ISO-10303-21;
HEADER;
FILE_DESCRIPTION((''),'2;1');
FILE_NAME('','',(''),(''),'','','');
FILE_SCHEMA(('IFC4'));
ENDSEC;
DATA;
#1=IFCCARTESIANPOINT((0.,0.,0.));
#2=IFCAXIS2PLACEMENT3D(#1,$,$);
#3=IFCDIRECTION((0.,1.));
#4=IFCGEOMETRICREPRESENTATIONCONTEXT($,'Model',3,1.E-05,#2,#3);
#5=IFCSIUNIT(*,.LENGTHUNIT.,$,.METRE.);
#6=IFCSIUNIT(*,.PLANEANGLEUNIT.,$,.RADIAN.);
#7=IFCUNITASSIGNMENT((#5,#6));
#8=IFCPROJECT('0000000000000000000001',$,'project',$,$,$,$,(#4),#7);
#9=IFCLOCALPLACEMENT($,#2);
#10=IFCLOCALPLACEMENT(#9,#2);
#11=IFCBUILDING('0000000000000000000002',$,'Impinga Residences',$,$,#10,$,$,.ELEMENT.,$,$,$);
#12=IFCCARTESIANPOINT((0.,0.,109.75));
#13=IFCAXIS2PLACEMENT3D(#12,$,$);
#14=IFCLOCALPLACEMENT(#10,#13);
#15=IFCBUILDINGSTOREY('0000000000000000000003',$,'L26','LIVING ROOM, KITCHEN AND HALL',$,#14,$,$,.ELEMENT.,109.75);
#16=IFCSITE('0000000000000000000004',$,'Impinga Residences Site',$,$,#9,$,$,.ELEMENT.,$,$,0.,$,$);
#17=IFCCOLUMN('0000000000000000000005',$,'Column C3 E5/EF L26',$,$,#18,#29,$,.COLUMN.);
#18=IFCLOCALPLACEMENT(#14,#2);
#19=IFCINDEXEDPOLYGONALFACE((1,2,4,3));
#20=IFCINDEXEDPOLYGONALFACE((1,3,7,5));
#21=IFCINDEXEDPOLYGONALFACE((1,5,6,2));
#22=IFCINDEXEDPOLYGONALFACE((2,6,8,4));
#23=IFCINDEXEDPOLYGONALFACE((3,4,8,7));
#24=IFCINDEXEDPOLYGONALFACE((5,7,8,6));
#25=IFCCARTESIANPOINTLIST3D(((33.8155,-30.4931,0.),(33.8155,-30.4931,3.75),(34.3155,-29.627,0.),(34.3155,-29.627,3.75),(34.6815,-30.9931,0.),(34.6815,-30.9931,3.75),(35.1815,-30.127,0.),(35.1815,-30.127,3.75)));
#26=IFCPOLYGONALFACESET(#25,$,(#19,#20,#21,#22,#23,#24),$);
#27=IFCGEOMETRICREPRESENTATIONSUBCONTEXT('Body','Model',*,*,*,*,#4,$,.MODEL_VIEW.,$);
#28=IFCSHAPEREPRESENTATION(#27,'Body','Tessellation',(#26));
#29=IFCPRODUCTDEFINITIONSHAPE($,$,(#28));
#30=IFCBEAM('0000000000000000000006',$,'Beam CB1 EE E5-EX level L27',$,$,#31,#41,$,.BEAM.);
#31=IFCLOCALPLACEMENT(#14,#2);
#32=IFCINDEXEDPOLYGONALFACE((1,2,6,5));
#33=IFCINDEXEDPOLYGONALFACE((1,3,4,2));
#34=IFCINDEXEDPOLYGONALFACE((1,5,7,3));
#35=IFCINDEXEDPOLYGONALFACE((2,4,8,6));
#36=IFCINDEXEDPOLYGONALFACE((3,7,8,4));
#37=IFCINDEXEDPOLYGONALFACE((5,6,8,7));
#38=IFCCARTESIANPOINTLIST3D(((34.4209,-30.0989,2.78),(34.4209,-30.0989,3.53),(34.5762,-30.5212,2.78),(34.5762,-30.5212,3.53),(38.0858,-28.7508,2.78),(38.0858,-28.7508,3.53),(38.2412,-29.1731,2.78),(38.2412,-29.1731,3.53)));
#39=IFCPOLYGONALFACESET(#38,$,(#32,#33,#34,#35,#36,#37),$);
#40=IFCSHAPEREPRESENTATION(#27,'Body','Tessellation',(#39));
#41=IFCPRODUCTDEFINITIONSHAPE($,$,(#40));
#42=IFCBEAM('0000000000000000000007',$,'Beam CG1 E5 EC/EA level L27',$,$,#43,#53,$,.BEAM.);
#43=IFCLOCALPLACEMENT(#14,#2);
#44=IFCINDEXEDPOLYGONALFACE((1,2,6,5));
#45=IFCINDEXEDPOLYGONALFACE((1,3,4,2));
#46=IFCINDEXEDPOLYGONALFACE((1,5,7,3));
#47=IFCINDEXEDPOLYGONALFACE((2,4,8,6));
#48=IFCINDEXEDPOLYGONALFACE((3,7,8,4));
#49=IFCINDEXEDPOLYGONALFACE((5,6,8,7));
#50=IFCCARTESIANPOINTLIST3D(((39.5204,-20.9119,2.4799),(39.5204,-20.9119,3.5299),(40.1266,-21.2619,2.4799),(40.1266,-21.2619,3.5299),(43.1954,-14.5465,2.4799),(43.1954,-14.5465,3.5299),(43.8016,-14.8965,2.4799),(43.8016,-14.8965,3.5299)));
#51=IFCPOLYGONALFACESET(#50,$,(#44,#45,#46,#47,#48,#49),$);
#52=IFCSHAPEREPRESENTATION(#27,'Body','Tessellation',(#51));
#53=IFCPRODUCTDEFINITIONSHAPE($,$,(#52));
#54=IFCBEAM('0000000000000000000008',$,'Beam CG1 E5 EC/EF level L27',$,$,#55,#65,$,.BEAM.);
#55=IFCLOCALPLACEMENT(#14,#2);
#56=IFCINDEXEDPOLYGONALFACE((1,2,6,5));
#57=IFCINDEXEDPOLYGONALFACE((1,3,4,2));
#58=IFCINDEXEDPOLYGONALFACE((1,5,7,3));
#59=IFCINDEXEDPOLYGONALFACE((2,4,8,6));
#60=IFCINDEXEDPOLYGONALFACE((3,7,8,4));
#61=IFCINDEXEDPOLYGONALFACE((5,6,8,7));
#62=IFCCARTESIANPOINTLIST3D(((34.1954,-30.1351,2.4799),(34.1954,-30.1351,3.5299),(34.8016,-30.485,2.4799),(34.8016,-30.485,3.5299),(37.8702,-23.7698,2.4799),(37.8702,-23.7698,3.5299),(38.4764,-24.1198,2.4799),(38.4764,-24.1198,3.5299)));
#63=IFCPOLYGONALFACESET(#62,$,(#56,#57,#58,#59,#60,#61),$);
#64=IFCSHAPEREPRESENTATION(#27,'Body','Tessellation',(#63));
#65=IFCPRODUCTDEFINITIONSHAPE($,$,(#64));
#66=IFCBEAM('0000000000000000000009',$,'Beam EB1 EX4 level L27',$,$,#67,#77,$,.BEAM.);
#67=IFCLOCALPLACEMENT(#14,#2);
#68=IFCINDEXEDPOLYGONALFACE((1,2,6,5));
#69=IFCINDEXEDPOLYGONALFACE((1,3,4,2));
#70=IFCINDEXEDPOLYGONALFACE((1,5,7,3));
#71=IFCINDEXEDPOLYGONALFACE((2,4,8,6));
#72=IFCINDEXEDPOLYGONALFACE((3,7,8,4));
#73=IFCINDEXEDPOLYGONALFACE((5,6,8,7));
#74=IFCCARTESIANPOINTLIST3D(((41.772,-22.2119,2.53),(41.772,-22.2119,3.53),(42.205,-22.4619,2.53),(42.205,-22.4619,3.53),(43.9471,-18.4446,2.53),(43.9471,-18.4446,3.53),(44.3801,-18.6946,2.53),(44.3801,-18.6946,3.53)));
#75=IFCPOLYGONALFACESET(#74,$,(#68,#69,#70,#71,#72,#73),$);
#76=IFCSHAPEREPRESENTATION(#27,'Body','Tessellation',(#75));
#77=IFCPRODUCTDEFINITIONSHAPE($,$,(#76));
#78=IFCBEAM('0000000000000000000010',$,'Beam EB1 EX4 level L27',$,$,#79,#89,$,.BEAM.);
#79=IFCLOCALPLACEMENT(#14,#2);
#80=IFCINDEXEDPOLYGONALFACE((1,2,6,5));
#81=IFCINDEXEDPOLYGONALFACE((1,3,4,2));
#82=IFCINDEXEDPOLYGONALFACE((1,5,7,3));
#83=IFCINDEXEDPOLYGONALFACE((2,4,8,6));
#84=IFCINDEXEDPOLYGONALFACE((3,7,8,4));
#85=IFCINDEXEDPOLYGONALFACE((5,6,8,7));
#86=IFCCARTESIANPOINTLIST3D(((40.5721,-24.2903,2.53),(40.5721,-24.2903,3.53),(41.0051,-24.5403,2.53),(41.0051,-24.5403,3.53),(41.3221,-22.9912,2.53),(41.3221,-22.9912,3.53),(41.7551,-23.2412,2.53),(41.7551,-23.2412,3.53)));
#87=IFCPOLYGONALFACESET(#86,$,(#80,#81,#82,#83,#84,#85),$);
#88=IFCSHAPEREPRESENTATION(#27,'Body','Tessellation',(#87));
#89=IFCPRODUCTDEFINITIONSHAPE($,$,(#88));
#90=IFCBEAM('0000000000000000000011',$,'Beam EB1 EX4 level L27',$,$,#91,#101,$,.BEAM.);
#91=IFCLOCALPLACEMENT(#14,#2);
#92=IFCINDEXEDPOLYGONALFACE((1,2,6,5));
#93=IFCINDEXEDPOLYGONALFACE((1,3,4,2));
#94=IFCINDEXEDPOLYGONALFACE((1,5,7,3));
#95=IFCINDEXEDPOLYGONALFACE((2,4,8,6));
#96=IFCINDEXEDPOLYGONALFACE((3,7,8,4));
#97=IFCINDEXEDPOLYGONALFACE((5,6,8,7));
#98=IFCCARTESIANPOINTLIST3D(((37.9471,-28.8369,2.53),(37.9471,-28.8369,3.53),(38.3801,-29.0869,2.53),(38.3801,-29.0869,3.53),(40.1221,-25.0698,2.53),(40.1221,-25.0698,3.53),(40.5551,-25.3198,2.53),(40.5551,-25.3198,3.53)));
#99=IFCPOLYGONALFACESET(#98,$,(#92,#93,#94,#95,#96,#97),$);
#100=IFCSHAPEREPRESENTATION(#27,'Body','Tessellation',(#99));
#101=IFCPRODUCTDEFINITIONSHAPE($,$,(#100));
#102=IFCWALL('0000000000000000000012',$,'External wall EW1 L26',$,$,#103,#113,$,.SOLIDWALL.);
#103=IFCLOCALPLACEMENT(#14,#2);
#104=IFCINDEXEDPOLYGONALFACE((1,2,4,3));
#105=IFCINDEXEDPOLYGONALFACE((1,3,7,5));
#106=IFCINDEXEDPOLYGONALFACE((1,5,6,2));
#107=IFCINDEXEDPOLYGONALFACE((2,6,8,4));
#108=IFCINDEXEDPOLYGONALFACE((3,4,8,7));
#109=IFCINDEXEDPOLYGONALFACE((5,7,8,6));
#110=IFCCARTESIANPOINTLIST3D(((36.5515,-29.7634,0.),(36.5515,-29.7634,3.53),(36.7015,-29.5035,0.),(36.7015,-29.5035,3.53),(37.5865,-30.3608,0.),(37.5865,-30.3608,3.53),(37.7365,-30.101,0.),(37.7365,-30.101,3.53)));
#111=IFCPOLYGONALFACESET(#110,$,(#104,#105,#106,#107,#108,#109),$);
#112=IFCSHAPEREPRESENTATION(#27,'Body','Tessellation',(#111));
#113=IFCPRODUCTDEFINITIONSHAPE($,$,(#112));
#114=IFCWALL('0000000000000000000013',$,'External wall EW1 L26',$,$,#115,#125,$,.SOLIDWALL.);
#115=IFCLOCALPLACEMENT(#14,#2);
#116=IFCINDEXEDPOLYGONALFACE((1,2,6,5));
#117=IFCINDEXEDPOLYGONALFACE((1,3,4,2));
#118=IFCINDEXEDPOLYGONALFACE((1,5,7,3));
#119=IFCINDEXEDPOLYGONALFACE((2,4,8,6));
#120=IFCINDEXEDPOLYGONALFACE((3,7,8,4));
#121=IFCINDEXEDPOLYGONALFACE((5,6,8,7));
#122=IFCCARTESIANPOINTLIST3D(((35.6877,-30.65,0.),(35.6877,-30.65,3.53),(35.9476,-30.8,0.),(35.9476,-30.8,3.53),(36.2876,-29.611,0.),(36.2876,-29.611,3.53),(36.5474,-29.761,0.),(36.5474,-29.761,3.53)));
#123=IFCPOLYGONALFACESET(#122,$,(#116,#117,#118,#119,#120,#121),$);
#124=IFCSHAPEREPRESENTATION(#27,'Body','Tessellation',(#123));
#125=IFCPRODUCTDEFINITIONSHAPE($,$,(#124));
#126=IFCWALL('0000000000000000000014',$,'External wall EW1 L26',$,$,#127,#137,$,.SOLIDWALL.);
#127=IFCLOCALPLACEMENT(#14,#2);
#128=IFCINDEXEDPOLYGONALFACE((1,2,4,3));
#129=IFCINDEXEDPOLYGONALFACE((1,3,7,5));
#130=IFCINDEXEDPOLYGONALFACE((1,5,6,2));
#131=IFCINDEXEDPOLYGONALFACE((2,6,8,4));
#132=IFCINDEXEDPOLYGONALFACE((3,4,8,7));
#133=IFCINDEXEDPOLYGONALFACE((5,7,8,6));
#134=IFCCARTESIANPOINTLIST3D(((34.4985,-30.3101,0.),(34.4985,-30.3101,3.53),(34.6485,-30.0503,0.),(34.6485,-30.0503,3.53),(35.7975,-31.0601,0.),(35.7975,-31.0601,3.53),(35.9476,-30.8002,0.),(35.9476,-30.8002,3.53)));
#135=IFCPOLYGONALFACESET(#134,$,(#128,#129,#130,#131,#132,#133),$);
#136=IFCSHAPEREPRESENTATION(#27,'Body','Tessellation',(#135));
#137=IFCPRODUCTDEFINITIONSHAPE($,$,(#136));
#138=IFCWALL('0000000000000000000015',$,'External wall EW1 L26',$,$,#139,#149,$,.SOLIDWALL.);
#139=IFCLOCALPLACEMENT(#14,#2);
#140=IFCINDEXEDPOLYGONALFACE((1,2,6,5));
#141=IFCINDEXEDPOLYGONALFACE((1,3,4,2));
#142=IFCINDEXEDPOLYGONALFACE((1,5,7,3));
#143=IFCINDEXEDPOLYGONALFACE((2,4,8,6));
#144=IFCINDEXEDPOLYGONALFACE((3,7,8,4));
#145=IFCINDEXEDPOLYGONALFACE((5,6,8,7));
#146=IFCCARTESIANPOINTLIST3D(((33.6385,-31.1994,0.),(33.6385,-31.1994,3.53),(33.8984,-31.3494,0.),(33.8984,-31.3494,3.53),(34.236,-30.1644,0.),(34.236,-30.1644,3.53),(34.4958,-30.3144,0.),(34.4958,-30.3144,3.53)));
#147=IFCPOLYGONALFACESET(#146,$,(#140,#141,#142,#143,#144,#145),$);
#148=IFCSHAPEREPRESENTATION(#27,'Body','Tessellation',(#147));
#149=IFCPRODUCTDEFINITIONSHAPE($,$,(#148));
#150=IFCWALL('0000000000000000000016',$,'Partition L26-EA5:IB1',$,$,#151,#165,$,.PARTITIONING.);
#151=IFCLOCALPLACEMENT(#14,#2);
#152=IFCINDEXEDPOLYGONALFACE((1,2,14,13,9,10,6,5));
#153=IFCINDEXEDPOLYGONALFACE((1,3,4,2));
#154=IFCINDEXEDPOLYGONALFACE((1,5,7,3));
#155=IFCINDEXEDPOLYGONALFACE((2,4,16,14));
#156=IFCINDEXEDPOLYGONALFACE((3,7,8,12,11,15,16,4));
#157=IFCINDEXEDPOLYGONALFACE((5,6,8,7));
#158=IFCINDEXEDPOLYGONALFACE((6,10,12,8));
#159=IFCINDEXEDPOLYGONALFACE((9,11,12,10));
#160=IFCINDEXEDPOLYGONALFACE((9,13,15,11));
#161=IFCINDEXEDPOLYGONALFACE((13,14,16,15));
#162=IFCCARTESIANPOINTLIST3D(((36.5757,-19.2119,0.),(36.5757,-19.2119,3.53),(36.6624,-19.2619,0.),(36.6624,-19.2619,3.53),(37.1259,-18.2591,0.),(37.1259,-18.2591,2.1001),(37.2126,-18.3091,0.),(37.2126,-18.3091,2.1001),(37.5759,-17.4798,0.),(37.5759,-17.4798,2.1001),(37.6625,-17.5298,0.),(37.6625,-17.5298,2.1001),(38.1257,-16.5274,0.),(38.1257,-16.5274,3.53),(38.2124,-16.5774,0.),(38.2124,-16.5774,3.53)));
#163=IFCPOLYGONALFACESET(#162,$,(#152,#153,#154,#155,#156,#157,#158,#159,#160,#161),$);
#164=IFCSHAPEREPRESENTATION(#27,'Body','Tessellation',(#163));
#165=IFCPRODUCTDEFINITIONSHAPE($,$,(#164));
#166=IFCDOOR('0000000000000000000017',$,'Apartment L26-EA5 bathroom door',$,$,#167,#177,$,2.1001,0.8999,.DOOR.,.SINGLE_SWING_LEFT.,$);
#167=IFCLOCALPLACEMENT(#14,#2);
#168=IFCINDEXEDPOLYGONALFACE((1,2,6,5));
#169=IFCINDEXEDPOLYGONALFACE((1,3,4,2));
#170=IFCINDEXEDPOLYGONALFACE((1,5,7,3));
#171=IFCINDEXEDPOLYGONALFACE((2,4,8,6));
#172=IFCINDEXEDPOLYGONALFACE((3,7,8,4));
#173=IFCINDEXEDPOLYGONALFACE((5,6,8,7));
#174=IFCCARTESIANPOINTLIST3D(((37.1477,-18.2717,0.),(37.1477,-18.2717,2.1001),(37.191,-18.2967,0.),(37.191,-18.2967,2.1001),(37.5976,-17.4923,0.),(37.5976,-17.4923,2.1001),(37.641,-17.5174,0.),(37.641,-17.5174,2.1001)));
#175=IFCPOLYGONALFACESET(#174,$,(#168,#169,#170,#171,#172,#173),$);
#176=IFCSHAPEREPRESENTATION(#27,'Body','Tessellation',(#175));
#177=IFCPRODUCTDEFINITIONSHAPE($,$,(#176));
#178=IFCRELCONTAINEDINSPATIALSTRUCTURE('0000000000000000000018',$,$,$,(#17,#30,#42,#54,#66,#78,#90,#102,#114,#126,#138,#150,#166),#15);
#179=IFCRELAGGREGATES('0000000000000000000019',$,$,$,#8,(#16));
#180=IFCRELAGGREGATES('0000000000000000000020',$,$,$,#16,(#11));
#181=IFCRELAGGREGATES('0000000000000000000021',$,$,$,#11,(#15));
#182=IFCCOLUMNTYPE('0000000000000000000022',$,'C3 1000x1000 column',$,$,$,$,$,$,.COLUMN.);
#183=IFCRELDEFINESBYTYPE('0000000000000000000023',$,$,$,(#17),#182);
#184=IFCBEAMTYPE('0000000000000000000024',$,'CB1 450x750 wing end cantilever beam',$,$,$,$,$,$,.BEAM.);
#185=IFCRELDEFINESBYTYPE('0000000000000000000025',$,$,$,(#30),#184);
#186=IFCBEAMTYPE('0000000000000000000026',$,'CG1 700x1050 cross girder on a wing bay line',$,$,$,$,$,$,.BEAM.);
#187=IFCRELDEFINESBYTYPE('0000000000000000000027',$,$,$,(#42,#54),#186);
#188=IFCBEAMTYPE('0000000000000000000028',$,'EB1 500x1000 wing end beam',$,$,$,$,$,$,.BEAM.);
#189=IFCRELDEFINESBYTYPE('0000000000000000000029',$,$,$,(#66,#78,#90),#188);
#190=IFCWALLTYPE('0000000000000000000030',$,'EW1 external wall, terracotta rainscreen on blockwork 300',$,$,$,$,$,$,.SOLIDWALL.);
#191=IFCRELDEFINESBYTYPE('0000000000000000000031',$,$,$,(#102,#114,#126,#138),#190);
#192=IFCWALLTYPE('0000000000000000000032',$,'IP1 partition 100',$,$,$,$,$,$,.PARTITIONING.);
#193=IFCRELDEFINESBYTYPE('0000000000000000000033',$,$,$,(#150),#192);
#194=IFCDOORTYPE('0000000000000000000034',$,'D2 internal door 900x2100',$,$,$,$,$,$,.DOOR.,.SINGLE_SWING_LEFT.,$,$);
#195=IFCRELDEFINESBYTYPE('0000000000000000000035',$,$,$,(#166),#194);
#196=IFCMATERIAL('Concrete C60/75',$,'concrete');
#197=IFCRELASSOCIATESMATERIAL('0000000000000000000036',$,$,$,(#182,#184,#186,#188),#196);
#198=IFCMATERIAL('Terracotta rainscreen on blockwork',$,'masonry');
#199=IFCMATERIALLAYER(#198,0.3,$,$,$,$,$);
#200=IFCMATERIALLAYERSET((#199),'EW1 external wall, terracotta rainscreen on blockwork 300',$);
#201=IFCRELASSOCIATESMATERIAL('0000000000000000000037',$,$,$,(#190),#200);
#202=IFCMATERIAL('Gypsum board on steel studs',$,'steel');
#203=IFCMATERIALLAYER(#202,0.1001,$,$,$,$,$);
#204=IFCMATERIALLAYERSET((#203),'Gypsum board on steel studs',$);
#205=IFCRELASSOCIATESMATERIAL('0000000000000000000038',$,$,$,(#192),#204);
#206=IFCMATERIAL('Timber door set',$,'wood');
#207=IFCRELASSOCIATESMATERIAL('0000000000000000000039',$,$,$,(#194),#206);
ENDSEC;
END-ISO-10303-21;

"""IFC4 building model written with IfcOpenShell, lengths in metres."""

from ifc_helpers import new_model, si_unit, direction, frame, frame_2d, origin, origin_2d, place, context, subcontext, project, spatial, rectangle, extrude, material, layer, layer_set, material_profile, profile_set, type_object, element, fill, save


model = new_model("IFC4")

# Units and contexts
model_context = context("Model", 3, precision=1e-05, world=origin(), true_north=direction((0.0, 1.0)))
body_context = subcontext(model_context, "Body", "Model", "MODEL_VIEW")
ifc_project = project(units=[si_unit("LENGTHUNIT", "METRE"), si_unit("PLANEANGLEUNIT", "RADIAN")], contexts=[model_context])

# Site, building, storey
site_placement = place(None, origin())
site = spatial("IfcSite", under=ifc_project, at=site_placement, Name="Impinga Residences Site", CompositionType="ELEMENT", RefElevation=0.0)
building_placement = place(site_placement, origin())
building = spatial("IfcBuilding", under=site, at=building_placement, Name="Impinga Residences", CompositionType="ELEMENT")
storey_placement = place(building_placement, frame((0.0, 0.0, 109.75)))
storey = spatial("IfcBuildingStorey", under=building, at=storey_placement, Name="L26", Description="LIVING ROOM, KITCHEN AND HALL", CompositionType="ELEMENT", Elevation=109.75)

# Column
ifc_material_1 = material(Name="Concrete C60/75", Category="concrete")
ifc_material_profile_1 = material_profile(ifc_material_1, rectangle(XDim=1.0, YDim=1.0, at=origin_2d()), Name="RC 1000x1000")
ifc_profile_set_1 = profile_set([ifc_material_profile_1], Name="Concrete C60/75")
column_type = type_object("IfcColumnType", Name="C3 1000x1000 column", PredefinedType="COLUMN", material=ifc_profile_set_1)
column_placement = place(storey_placement, frame((34.4985, -30.3101, 0.0), z_axis=(0.0, 0.0, 1.0), x_axis=(-0.5, -0.866025, 0.0)))
element("IfcColumn", 1, at=column_placement, inside=storey, type_object=column_type, Name="Column C3 E5/EF L26", PredefinedType="COLUMN", context=body_context, shape_type="SweptSolid", body=[
    extrude(rectangle(XDim=1.0, YDim=1.0, at=origin_2d()), origin(), (0.0, 0.0, 1.0), 3.75),
])

# Beams
ifc_material_profile_2 = material_profile(ifc_material_1, rectangle(XDim=0.45, YDim=0.75, at=origin_2d()), Name="RC 450x750")
ifc_profile_set_2 = profile_set([ifc_material_profile_2], Name="Concrete C60/75")
beam_type_1 = type_object("IfcBeamType", Name="CB1 450x750 wing end cantilever beam", PredefinedType="BEAM", material=ifc_profile_set_2)
beam_1_placement = place(storey_placement, frame((34.4985, -30.3101, 3.155), z_axis=(0.93852, 0.345224, 0.0), x_axis=(-0.345224, 0.93852, 0.0)))
element("IfcBeam", 2, at=beam_1_placement, inside=storey, type_object=beam_type_1, Name="Beam CB1 EE E5-EX level L27", PredefinedType="BEAM", context=body_context, shape_type="SweptSolid", body=[
    extrude(rectangle(XDim=0.45, YDim=0.75, at=origin_2d()), origin(), (0.0, 0.0, 1.0), 3.905),
])
ifc_material_profile_3 = material_profile(ifc_material_1, rectangle(XDim=0.7, YDim=1.05, at=origin_2d()), Name="RC 700x1050")
ifc_profile_set_3 = profile_set([ifc_material_profile_3], Name="Concrete C60/75")
beam_type_2 = type_object("IfcBeamType", Name="CG1 700x1050 cross girder on a wing bay line", PredefinedType="BEAM", material=ifc_profile_set_3)
beam_2_placement = place(storey_placement, frame((39.8235, -21.0869, 3.0049), z_axis=(0.499994, 0.866029, 0.0), x_axis=(-0.866029, 0.499994, 0.0)))
element("IfcBeam", 3, at=beam_2_placement, inside=storey, type_object=beam_type_2, Name="Beam CG1 E5 EC/EA level L27", PredefinedType="BEAM", context=body_context, shape_type="SweptSolid", body=[
    extrude(rectangle(XDim=0.7, YDim=1.05, at=origin_2d()), origin(), (0.0, 0.0, 1.0), 7.3501),
])
beam_3_placement = place(storey_placement, frame((38.1733, -23.9448, 3.0049), z_axis=(-0.499983, -0.866035, 0.0), x_axis=(0.866035, -0.499983, 0.0)))
element("IfcBeam", 4, at=beam_3_placement, inside=storey, type_object=beam_type_2, Name="Beam CG1 E5 EC/EF level L27", PredefinedType="BEAM", context=body_context, shape_type="SweptSolid", body=[
    extrude(rectangle(XDim=0.7, YDim=1.05, at=origin_2d()), origin(), (0.0, 0.0, 1.0), 7.3499),
])
ifc_material_profile_4 = material_profile(ifc_material_1, rectangle(XDim=0.5, YDim=1.0, at=origin_2d()), Name="RC 500x1000")
ifc_profile_set_4 = profile_set([ifc_material_profile_4], Name="Concrete C60/75")
beam_type_3 = type_object("IfcBeamType", Name="EB1 500x1000 wing end beam", PredefinedType="BEAM", material=ifc_profile_set_4)
beam_4_placement = place(storey_placement, frame((44.1636, -18.5696, 3.03), z_axis=(-0.499996, -0.866028, 0.0), x_axis=(0.866028, -0.499996, 0.0)))
element("IfcBeam", 5, at=beam_4_placement, inside=storey, type_object=beam_type_3, Name="Beam EB1 EX4 level L27", PredefinedType="BEAM", context=body_context, shape_type="SweptSolid", body=[
    extrude(rectangle(XDim=0.5, YDim=1.0, at=origin_2d()), origin(), (0.0, 0.0, 1.0), 4.3501),
])
beam_5_placement = place(storey_placement, frame((41.5386, -23.1162, 3.03), z_axis=(-0.49999, -0.866031, 0.0), x_axis=(0.866031, -0.49999, 0.0)))
element("IfcBeam", 6, at=beam_5_placement, inside=storey, type_object=beam_type_3, Name="Beam EB1 EX4 level L27", PredefinedType="BEAM", context=body_context, shape_type="SweptSolid", body=[
    extrude(rectangle(XDim=0.5, YDim=1.0, at=origin_2d()), origin(), (0.0, 0.0, 1.0), 1.5),
])
beam_6_placement = place(storey_placement, frame((40.3386, -25.1948, 3.03), z_axis=(-0.50002, -0.866014, 0.0), x_axis=(0.866014, -0.50002, 0.0)))
element("IfcBeam", 7, at=beam_6_placement, inside=storey, type_object=beam_type_3, Name="Beam EB1 EX4 level L27", PredefinedType="BEAM", context=body_context, shape_type="SweptSolid", body=[
    extrude(rectangle(XDim=0.5, YDim=1.0, at=origin_2d()), origin(), (0.0, 0.0, 1.0), 4.3499),
])

# Walls
ifc_material_2 = material(Name="Terracotta rainscreen on blockwork", Category="masonry")
ifc_layer_1 = layer(ifc_material_2, 0.3)
ifc_layer_set_1 = layer_set([ifc_layer_1], Name="EW1 external wall, terracotta rainscreen on blockwork 300")
wall_type_1 = type_object("IfcWallType", Name="EW1 external wall, terracotta rainscreen on blockwork 300", PredefinedType="SOLIDWALL", material=ifc_layer_set_1)
wall_1_placement = place(storey_placement, frame((37.6616, -30.231, 0.0), z_axis=(0.0, 0.0, 1.0), x_axis=(-0.86606, 0.499941, 0.0)))
element("IfcWall", 8, at=wall_1_placement, inside=storey, type_object=wall_type_1, Name="External wall EW1 L26", PredefinedType="SOLIDWALL", context=body_context, shape_type="SweptSolid", body=[
    extrude(rectangle(XDim=1.1951, YDim=0.3, at=frame_2d((0.5977, 0.0))), origin(), (0.0, 0.0, 1.0), 3.53),
])
wall_2_placement = place(storey_placement, frame((36.4175, -29.686, 0.0), z_axis=(0.0, 0.0, 1.0), x_axis=(-0.499969, -0.866043, 0.0)))
element("IfcWall", 9, at=wall_2_placement, inside=storey, type_object=wall_type_1, Name="External wall EW1 L26", PredefinedType="SOLIDWALL", context=body_context, shape_type="SweptSolid", body=[
    extrude(rectangle(XDim=1.1997, YDim=0.3, at=frame_2d((0.5999, 0.0))), origin(), (0.0, 0.0, 1.0), 3.53),
])
wall_3_placement = place(storey_placement, frame((35.8726, -30.9302, 0.0), z_axis=(0.0, 0.0, 1.0), x_axis=(-0.866031, 0.49999, 0.0)))
element("IfcWall", 10, at=wall_3_placement, inside=storey, type_object=wall_type_1, Name="External wall EW1 L26", PredefinedType="SOLIDWALL", context=body_context, shape_type="SweptSolid", body=[
    extrude(rectangle(XDim=1.5, YDim=0.3, at=frame_2d((0.75, 0.0))), origin(), (0.0, 0.0, 1.0), 3.53),
])
wall_4_placement = place(storey_placement, frame((34.366, -30.2393, 0.0), z_axis=(0.0, 0.0, 1.0), x_axis=(-0.499941, -0.86606, 0.0)))
element("IfcWall", 11, at=wall_4_placement, inside=storey, type_object=wall_type_1, Name="External wall EW1 L26", PredefinedType="SOLIDWALL", context=body_context, shape_type="SweptSolid", body=[
    extrude(rectangle(XDim=1.1951, YDim=0.3, at=frame_2d((0.5977, 0.0))), origin(), (0.0, 0.0, 1.0), 3.53),
])

# Wall, opening, door
ifc_material_3 = material(Name="Gypsum board on steel studs", Category="steel")
ifc_layer_2 = layer(ifc_material_3, 0.1001)
ifc_layer_set_2 = layer_set([ifc_layer_2], Name="Gypsum board on steel studs")
wall_type_2 = type_object("IfcWallType", Name="IP1 partition 100", PredefinedType="PARTITIONING", material=ifc_layer_set_2)
wall_5_placement = place(storey_placement, frame((36.6191, -19.2368, 0.0), z_axis=(0.0, 0.0, 1.0), x_axis=(0.500027, 0.86601, 0.0)))
wall_5 = element("IfcWall", 12, at=wall_5_placement, inside=storey, type_object=wall_type_2, Name="Partition L26-EA5:IB1", PredefinedType="PARTITIONING", context=body_context, shape_type="SweptSolid", body=[
    extrude(rectangle(XDim=3.0999, YDim=0.1001, at=frame_2d((1.5498, 0.0))), origin(), (0.0, 0.0, 1.0), 3.53),
])
opening_placement = place(wall_5_placement, frame((1.1001, 0.0, 0.0)))
opening = element("IfcOpeningElement", 13, at=opening_placement, cuts=wall_5, PredefinedType="OPENING", context=body_context, shape_type="SweptSolid", body=[
    extrude(rectangle(XDim=0.8999, YDim=2.1001, at=frame_2d((0.45, 1.05))), frame((0.0, 0.0601, 0.0), z_axis=(0.0, -1.0, 0.0), x_axis=(1.0, 0.0, 0.0)), (0.0, 0.0, 1.0), 0.1201),
])
ifc_material_4 = material(Name="Timber door set", Category="wood")
door_type = type_object("IfcDoorType", Name="D2 internal door 900x2100", OperationType="SINGLE_SWING_LEFT", PredefinedType="DOOR", material=ifc_material_4)
door_placement = place(opening_placement, origin())
door = element("IfcDoor", 14, at=door_placement, inside=storey, type_object=door_type, Name="Apartment L26-EA5 bathroom door", OperationType="SINGLE_SWING_LEFT", OverallHeight=2.1001, OverallWidth=0.8999, PredefinedType="DOOR", context=body_context, shape_type="SweptSolid", body=[
    extrude(rectangle(XDim=0.8999, YDim=2.1001, at=frame_2d((0.45, 1.05))), frame((0.0, 0.0249, 0.0), z_axis=(0.0, -1.0, 0.0), x_axis=(1.0, 0.0, 0.0)), (0.0, 0.0, 1.0), 0.05),
])
fill(opening, door)

save(model, "model.ifc")
